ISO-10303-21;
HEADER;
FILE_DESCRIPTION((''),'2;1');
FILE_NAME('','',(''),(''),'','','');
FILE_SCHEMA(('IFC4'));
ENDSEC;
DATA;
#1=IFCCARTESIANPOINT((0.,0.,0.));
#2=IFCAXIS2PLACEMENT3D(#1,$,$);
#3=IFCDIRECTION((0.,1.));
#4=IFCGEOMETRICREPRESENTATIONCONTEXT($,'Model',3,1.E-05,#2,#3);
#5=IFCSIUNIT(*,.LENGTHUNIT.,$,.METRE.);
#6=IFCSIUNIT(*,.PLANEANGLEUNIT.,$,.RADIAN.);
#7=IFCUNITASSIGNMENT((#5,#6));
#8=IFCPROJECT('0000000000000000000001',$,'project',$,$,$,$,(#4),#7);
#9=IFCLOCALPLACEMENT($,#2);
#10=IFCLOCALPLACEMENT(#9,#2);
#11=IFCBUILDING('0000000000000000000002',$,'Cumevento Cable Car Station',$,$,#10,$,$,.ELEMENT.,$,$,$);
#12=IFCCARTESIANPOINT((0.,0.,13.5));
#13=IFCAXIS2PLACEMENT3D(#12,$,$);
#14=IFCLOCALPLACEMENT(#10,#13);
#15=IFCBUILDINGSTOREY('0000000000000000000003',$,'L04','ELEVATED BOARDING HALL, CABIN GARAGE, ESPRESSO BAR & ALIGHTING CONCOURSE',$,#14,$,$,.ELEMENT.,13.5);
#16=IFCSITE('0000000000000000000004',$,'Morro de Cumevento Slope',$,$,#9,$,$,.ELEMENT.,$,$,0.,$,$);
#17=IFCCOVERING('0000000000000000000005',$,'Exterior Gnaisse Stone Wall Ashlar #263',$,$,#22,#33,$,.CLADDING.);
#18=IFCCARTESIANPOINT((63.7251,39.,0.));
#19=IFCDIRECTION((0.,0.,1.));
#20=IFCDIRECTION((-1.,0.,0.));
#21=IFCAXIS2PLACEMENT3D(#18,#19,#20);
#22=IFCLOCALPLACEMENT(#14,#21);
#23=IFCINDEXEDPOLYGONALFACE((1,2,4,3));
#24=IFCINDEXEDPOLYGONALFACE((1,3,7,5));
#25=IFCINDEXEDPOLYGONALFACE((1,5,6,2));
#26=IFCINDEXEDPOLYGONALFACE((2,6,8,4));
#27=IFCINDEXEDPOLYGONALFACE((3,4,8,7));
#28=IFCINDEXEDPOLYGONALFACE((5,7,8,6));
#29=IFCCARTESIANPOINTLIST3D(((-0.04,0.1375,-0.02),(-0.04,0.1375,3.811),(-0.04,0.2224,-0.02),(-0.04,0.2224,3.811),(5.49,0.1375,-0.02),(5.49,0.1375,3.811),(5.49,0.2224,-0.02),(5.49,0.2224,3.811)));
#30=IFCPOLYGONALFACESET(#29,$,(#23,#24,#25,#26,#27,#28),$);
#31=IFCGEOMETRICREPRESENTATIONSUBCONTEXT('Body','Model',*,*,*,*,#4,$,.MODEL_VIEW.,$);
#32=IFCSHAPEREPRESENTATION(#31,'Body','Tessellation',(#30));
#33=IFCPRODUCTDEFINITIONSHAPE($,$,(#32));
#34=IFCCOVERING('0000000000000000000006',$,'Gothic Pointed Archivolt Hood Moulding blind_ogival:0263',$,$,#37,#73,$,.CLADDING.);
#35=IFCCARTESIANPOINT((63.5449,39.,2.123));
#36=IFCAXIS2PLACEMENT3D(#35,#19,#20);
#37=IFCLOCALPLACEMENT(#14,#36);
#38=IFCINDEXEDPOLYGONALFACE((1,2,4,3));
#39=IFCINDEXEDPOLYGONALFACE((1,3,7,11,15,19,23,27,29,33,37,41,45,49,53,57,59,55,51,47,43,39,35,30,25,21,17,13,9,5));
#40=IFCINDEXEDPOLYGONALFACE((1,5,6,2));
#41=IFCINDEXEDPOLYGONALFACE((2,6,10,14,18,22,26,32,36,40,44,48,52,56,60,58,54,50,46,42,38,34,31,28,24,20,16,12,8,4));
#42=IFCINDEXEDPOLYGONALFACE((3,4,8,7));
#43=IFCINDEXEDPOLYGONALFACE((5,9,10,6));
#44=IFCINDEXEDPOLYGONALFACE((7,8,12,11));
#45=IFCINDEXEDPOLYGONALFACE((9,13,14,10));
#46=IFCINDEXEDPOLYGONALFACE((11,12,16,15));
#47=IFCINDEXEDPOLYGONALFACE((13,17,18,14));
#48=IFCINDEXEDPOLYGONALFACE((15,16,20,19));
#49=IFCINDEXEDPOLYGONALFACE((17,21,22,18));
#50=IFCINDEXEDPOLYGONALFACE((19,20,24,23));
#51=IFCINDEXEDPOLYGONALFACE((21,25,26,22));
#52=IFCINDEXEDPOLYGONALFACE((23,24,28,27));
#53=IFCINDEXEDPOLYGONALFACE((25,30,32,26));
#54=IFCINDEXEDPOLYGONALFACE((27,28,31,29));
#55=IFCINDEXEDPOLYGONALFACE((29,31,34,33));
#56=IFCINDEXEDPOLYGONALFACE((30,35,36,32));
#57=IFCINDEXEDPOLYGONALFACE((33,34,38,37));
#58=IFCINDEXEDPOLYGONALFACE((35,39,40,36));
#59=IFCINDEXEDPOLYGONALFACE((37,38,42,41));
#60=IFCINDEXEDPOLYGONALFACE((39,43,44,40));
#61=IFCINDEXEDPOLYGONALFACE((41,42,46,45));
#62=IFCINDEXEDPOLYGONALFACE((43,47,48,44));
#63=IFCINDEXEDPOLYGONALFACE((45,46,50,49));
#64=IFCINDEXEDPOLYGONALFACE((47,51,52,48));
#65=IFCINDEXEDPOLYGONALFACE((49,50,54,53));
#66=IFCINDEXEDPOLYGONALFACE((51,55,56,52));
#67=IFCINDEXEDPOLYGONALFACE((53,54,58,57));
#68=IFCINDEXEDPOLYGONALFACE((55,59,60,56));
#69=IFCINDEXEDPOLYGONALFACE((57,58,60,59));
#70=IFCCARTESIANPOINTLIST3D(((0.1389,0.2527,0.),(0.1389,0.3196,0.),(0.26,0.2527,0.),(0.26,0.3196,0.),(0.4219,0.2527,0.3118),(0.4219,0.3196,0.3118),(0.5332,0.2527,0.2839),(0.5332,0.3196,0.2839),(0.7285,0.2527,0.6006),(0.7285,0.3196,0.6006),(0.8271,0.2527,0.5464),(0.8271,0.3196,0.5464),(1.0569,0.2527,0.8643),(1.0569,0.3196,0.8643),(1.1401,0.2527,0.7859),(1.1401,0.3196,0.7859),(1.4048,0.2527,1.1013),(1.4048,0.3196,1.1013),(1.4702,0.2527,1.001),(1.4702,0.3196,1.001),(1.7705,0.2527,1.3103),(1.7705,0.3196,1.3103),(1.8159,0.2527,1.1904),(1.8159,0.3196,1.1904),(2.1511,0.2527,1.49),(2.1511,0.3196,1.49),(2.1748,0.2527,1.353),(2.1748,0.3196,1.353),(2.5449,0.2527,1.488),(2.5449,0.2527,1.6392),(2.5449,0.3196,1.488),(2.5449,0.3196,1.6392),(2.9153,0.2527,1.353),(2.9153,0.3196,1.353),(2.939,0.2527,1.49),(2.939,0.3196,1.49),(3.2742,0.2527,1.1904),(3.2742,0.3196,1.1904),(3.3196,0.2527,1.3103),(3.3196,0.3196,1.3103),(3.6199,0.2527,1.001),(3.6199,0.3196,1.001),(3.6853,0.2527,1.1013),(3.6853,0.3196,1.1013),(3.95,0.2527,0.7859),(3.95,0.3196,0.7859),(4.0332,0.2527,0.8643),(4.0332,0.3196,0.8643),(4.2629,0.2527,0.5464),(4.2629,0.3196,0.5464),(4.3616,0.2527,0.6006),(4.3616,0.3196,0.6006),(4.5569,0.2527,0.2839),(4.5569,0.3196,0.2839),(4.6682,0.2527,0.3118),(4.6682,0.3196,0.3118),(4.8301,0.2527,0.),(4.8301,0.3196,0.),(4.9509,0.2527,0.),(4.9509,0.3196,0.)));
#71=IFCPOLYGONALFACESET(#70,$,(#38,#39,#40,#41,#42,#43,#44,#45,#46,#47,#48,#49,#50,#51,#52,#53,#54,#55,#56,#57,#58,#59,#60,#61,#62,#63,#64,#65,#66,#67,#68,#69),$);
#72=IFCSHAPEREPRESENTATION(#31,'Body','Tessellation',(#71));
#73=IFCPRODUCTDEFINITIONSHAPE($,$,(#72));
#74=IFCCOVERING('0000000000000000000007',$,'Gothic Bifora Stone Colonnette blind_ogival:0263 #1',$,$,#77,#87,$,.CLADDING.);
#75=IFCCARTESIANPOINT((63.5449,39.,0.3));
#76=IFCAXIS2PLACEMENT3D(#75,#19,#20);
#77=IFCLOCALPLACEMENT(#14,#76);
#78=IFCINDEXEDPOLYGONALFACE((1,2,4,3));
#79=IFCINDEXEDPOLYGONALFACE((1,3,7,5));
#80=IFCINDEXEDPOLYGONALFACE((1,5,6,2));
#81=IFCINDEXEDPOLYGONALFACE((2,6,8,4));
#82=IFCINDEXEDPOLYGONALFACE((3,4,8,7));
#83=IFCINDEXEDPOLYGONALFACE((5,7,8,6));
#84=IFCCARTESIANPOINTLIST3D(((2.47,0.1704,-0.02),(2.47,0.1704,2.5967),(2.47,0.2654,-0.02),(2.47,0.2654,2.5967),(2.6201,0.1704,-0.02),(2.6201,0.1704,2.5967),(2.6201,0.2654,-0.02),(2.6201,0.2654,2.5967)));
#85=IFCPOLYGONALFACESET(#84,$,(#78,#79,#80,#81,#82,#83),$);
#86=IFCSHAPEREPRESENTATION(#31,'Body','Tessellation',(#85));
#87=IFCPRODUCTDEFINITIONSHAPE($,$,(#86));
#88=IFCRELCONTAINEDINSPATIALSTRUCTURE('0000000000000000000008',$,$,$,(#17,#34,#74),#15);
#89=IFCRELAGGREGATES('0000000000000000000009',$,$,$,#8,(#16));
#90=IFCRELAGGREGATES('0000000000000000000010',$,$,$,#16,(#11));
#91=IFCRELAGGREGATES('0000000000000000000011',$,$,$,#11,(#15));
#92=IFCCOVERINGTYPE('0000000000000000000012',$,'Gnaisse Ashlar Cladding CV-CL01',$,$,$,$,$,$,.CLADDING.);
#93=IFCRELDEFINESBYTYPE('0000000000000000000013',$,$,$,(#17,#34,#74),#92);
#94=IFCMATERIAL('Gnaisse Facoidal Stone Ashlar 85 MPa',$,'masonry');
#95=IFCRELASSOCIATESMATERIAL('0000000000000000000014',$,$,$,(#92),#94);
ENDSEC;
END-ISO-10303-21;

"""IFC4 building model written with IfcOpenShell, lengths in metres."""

from ifc_helpers import new_model, si_unit, direction, frame, origin, place, context, subcontext, project, spatial, polyline, outline, extrude, material, type_object, element, save


model = new_model("IFC4")

# Units and contexts
model_context = context("Model", 3, precision=1e-05, world=origin(), true_north=direction((0.0, 1.0)))
body_context = subcontext(model_context, "Body", "Model", "MODEL_VIEW")
ifc_project = project(units=[si_unit("LENGTHUNIT", "METRE"), si_unit("PLANEANGLEUNIT", "RADIAN")], contexts=[model_context])

# Site, building, storey
site_placement = place(None, origin())
site = spatial("IfcSite", under=ifc_project, at=site_placement, Name="Morro de Cumevento Slope", CompositionType="ELEMENT", RefElevation=0.0)
building_placement = place(site_placement, origin())
building = spatial("IfcBuilding", under=site, at=building_placement, Name="Cumevento Cable Car Station", CompositionType="ELEMENT")
storey_placement = place(building_placement, frame((0.0, 0.0, 13.5)))
storey = spatial("IfcBuildingStorey", under=building, at=storey_placement, Name="L04", Description="ELEVATED BOARDING HALL, CABIN GARAGE, ESPRESSO BAR & ALIGHTING CONCOURSE", CompositionType="ELEMENT", Elevation=13.5)

# Coverings
ifc_material_1 = material(Name="Gnaisse Facoidal Stone Ashlar 85 MPa", Category="masonry")
covering_type_1 = type_object("IfcCoveringType", Name="Gnaisse Ashlar Cladding CV-CL01", PredefinedType="CLADDING", material=ifc_material_1)
covering_1_placement = place(storey_placement, frame((63.7251, 39.0, 0.0), z_axis=(0.0, 0.0, 1.0), x_axis=(-1.0, 0.0, 0.0)))
element("IfcCovering", 1, at=covering_1_placement, inside=storey, type_object=covering_type_1, Name="Exterior Gnaisse Stone Wall Ashlar #263", PredefinedType="CLADDING", context=body_context, shape_type="SweptSolid", body=[
    extrude(outline(polyline([(-0.04, -0.02), (5.49, -0.02), (5.49, 3.811), (-0.04, 3.811), (-0.04, -0.02)])), frame((0.0, 0.2224, 0.0), z_axis=(0.0, -1.0, 0.0), x_axis=(1.0, 0.0, 0.0)), (0.0, 0.0, 1.0), 0.085),
])
covering_2_placement = place(storey_placement, frame((63.5449, 39.0, 2.123), z_axis=(0.0, 0.0, 1.0), x_axis=(-1.0, 0.0, 0.0)))
element("IfcCovering", 2, at=covering_2_placement, inside=storey, type_object=covering_type_1, Name="Gothic Pointed Archivolt Hood Moulding blind_ogival:0263", PredefinedType="CLADDING", context=body_context, shape_type="SweptSolid", body=[
    extrude(outline(polyline([(0.26, 0.0), (0.5332, 0.2839), (0.8271, 0.5464), (1.1401, 0.7859), (1.4702, 1.001), (1.8159, 1.1904), (2.1748, 1.353), (2.5449, 1.488), (2.9153, 1.353), (3.2742, 1.1904), (3.6199, 1.001), (3.95, 0.7859), (4.2629, 0.5464), (4.5569, 0.2839), (4.8301, 0.0), (4.9509, 0.0), (4.6682, 0.3118), (4.3616, 0.6006), (4.0332, 0.8643), (3.6853, 1.1013), (3.3196, 1.3103), (2.939, 1.49), (2.5449, 1.6392), (2.1511, 1.49), (1.7705, 1.3103), (1.4048, 1.1013), (1.0569, 0.8643), (0.7285, 0.6006), (0.4219, 0.3118), (0.1389, 0.0), (0.26, 0.0)])), frame((0.0, 0.3196, 0.0), z_axis=(0.0, -1.0, 0.0), x_axis=(1.0, 0.0, 0.0)), (0.0, 0.0, 1.0), 0.0669),
])
covering_3_placement = place(storey_placement, frame((63.5449, 39.0, 0.3), z_axis=(0.0, 0.0, 1.0), x_axis=(-1.0, 0.0, 0.0)))
element("IfcCovering", 3, at=covering_3_placement, inside=storey, type_object=covering_type_1, Name="Gothic Bifora Stone Colonnette blind_ogival:0263 #1", PredefinedType="CLADDING", context=body_context, shape_type="SweptSolid", body=[
    extrude(outline(polyline([(2.47, -0.02), (2.6201, -0.02), (2.6201, 2.5967), (2.47, 2.5967), (2.47, -0.02)])), frame((0.0, 0.2654, 0.0), z_axis=(0.0, -1.0, 0.0), x_axis=(1.0, 0.0, 0.0)), (0.0, 0.0, 1.0), 0.095),
])

save(model, "model.ifc")
